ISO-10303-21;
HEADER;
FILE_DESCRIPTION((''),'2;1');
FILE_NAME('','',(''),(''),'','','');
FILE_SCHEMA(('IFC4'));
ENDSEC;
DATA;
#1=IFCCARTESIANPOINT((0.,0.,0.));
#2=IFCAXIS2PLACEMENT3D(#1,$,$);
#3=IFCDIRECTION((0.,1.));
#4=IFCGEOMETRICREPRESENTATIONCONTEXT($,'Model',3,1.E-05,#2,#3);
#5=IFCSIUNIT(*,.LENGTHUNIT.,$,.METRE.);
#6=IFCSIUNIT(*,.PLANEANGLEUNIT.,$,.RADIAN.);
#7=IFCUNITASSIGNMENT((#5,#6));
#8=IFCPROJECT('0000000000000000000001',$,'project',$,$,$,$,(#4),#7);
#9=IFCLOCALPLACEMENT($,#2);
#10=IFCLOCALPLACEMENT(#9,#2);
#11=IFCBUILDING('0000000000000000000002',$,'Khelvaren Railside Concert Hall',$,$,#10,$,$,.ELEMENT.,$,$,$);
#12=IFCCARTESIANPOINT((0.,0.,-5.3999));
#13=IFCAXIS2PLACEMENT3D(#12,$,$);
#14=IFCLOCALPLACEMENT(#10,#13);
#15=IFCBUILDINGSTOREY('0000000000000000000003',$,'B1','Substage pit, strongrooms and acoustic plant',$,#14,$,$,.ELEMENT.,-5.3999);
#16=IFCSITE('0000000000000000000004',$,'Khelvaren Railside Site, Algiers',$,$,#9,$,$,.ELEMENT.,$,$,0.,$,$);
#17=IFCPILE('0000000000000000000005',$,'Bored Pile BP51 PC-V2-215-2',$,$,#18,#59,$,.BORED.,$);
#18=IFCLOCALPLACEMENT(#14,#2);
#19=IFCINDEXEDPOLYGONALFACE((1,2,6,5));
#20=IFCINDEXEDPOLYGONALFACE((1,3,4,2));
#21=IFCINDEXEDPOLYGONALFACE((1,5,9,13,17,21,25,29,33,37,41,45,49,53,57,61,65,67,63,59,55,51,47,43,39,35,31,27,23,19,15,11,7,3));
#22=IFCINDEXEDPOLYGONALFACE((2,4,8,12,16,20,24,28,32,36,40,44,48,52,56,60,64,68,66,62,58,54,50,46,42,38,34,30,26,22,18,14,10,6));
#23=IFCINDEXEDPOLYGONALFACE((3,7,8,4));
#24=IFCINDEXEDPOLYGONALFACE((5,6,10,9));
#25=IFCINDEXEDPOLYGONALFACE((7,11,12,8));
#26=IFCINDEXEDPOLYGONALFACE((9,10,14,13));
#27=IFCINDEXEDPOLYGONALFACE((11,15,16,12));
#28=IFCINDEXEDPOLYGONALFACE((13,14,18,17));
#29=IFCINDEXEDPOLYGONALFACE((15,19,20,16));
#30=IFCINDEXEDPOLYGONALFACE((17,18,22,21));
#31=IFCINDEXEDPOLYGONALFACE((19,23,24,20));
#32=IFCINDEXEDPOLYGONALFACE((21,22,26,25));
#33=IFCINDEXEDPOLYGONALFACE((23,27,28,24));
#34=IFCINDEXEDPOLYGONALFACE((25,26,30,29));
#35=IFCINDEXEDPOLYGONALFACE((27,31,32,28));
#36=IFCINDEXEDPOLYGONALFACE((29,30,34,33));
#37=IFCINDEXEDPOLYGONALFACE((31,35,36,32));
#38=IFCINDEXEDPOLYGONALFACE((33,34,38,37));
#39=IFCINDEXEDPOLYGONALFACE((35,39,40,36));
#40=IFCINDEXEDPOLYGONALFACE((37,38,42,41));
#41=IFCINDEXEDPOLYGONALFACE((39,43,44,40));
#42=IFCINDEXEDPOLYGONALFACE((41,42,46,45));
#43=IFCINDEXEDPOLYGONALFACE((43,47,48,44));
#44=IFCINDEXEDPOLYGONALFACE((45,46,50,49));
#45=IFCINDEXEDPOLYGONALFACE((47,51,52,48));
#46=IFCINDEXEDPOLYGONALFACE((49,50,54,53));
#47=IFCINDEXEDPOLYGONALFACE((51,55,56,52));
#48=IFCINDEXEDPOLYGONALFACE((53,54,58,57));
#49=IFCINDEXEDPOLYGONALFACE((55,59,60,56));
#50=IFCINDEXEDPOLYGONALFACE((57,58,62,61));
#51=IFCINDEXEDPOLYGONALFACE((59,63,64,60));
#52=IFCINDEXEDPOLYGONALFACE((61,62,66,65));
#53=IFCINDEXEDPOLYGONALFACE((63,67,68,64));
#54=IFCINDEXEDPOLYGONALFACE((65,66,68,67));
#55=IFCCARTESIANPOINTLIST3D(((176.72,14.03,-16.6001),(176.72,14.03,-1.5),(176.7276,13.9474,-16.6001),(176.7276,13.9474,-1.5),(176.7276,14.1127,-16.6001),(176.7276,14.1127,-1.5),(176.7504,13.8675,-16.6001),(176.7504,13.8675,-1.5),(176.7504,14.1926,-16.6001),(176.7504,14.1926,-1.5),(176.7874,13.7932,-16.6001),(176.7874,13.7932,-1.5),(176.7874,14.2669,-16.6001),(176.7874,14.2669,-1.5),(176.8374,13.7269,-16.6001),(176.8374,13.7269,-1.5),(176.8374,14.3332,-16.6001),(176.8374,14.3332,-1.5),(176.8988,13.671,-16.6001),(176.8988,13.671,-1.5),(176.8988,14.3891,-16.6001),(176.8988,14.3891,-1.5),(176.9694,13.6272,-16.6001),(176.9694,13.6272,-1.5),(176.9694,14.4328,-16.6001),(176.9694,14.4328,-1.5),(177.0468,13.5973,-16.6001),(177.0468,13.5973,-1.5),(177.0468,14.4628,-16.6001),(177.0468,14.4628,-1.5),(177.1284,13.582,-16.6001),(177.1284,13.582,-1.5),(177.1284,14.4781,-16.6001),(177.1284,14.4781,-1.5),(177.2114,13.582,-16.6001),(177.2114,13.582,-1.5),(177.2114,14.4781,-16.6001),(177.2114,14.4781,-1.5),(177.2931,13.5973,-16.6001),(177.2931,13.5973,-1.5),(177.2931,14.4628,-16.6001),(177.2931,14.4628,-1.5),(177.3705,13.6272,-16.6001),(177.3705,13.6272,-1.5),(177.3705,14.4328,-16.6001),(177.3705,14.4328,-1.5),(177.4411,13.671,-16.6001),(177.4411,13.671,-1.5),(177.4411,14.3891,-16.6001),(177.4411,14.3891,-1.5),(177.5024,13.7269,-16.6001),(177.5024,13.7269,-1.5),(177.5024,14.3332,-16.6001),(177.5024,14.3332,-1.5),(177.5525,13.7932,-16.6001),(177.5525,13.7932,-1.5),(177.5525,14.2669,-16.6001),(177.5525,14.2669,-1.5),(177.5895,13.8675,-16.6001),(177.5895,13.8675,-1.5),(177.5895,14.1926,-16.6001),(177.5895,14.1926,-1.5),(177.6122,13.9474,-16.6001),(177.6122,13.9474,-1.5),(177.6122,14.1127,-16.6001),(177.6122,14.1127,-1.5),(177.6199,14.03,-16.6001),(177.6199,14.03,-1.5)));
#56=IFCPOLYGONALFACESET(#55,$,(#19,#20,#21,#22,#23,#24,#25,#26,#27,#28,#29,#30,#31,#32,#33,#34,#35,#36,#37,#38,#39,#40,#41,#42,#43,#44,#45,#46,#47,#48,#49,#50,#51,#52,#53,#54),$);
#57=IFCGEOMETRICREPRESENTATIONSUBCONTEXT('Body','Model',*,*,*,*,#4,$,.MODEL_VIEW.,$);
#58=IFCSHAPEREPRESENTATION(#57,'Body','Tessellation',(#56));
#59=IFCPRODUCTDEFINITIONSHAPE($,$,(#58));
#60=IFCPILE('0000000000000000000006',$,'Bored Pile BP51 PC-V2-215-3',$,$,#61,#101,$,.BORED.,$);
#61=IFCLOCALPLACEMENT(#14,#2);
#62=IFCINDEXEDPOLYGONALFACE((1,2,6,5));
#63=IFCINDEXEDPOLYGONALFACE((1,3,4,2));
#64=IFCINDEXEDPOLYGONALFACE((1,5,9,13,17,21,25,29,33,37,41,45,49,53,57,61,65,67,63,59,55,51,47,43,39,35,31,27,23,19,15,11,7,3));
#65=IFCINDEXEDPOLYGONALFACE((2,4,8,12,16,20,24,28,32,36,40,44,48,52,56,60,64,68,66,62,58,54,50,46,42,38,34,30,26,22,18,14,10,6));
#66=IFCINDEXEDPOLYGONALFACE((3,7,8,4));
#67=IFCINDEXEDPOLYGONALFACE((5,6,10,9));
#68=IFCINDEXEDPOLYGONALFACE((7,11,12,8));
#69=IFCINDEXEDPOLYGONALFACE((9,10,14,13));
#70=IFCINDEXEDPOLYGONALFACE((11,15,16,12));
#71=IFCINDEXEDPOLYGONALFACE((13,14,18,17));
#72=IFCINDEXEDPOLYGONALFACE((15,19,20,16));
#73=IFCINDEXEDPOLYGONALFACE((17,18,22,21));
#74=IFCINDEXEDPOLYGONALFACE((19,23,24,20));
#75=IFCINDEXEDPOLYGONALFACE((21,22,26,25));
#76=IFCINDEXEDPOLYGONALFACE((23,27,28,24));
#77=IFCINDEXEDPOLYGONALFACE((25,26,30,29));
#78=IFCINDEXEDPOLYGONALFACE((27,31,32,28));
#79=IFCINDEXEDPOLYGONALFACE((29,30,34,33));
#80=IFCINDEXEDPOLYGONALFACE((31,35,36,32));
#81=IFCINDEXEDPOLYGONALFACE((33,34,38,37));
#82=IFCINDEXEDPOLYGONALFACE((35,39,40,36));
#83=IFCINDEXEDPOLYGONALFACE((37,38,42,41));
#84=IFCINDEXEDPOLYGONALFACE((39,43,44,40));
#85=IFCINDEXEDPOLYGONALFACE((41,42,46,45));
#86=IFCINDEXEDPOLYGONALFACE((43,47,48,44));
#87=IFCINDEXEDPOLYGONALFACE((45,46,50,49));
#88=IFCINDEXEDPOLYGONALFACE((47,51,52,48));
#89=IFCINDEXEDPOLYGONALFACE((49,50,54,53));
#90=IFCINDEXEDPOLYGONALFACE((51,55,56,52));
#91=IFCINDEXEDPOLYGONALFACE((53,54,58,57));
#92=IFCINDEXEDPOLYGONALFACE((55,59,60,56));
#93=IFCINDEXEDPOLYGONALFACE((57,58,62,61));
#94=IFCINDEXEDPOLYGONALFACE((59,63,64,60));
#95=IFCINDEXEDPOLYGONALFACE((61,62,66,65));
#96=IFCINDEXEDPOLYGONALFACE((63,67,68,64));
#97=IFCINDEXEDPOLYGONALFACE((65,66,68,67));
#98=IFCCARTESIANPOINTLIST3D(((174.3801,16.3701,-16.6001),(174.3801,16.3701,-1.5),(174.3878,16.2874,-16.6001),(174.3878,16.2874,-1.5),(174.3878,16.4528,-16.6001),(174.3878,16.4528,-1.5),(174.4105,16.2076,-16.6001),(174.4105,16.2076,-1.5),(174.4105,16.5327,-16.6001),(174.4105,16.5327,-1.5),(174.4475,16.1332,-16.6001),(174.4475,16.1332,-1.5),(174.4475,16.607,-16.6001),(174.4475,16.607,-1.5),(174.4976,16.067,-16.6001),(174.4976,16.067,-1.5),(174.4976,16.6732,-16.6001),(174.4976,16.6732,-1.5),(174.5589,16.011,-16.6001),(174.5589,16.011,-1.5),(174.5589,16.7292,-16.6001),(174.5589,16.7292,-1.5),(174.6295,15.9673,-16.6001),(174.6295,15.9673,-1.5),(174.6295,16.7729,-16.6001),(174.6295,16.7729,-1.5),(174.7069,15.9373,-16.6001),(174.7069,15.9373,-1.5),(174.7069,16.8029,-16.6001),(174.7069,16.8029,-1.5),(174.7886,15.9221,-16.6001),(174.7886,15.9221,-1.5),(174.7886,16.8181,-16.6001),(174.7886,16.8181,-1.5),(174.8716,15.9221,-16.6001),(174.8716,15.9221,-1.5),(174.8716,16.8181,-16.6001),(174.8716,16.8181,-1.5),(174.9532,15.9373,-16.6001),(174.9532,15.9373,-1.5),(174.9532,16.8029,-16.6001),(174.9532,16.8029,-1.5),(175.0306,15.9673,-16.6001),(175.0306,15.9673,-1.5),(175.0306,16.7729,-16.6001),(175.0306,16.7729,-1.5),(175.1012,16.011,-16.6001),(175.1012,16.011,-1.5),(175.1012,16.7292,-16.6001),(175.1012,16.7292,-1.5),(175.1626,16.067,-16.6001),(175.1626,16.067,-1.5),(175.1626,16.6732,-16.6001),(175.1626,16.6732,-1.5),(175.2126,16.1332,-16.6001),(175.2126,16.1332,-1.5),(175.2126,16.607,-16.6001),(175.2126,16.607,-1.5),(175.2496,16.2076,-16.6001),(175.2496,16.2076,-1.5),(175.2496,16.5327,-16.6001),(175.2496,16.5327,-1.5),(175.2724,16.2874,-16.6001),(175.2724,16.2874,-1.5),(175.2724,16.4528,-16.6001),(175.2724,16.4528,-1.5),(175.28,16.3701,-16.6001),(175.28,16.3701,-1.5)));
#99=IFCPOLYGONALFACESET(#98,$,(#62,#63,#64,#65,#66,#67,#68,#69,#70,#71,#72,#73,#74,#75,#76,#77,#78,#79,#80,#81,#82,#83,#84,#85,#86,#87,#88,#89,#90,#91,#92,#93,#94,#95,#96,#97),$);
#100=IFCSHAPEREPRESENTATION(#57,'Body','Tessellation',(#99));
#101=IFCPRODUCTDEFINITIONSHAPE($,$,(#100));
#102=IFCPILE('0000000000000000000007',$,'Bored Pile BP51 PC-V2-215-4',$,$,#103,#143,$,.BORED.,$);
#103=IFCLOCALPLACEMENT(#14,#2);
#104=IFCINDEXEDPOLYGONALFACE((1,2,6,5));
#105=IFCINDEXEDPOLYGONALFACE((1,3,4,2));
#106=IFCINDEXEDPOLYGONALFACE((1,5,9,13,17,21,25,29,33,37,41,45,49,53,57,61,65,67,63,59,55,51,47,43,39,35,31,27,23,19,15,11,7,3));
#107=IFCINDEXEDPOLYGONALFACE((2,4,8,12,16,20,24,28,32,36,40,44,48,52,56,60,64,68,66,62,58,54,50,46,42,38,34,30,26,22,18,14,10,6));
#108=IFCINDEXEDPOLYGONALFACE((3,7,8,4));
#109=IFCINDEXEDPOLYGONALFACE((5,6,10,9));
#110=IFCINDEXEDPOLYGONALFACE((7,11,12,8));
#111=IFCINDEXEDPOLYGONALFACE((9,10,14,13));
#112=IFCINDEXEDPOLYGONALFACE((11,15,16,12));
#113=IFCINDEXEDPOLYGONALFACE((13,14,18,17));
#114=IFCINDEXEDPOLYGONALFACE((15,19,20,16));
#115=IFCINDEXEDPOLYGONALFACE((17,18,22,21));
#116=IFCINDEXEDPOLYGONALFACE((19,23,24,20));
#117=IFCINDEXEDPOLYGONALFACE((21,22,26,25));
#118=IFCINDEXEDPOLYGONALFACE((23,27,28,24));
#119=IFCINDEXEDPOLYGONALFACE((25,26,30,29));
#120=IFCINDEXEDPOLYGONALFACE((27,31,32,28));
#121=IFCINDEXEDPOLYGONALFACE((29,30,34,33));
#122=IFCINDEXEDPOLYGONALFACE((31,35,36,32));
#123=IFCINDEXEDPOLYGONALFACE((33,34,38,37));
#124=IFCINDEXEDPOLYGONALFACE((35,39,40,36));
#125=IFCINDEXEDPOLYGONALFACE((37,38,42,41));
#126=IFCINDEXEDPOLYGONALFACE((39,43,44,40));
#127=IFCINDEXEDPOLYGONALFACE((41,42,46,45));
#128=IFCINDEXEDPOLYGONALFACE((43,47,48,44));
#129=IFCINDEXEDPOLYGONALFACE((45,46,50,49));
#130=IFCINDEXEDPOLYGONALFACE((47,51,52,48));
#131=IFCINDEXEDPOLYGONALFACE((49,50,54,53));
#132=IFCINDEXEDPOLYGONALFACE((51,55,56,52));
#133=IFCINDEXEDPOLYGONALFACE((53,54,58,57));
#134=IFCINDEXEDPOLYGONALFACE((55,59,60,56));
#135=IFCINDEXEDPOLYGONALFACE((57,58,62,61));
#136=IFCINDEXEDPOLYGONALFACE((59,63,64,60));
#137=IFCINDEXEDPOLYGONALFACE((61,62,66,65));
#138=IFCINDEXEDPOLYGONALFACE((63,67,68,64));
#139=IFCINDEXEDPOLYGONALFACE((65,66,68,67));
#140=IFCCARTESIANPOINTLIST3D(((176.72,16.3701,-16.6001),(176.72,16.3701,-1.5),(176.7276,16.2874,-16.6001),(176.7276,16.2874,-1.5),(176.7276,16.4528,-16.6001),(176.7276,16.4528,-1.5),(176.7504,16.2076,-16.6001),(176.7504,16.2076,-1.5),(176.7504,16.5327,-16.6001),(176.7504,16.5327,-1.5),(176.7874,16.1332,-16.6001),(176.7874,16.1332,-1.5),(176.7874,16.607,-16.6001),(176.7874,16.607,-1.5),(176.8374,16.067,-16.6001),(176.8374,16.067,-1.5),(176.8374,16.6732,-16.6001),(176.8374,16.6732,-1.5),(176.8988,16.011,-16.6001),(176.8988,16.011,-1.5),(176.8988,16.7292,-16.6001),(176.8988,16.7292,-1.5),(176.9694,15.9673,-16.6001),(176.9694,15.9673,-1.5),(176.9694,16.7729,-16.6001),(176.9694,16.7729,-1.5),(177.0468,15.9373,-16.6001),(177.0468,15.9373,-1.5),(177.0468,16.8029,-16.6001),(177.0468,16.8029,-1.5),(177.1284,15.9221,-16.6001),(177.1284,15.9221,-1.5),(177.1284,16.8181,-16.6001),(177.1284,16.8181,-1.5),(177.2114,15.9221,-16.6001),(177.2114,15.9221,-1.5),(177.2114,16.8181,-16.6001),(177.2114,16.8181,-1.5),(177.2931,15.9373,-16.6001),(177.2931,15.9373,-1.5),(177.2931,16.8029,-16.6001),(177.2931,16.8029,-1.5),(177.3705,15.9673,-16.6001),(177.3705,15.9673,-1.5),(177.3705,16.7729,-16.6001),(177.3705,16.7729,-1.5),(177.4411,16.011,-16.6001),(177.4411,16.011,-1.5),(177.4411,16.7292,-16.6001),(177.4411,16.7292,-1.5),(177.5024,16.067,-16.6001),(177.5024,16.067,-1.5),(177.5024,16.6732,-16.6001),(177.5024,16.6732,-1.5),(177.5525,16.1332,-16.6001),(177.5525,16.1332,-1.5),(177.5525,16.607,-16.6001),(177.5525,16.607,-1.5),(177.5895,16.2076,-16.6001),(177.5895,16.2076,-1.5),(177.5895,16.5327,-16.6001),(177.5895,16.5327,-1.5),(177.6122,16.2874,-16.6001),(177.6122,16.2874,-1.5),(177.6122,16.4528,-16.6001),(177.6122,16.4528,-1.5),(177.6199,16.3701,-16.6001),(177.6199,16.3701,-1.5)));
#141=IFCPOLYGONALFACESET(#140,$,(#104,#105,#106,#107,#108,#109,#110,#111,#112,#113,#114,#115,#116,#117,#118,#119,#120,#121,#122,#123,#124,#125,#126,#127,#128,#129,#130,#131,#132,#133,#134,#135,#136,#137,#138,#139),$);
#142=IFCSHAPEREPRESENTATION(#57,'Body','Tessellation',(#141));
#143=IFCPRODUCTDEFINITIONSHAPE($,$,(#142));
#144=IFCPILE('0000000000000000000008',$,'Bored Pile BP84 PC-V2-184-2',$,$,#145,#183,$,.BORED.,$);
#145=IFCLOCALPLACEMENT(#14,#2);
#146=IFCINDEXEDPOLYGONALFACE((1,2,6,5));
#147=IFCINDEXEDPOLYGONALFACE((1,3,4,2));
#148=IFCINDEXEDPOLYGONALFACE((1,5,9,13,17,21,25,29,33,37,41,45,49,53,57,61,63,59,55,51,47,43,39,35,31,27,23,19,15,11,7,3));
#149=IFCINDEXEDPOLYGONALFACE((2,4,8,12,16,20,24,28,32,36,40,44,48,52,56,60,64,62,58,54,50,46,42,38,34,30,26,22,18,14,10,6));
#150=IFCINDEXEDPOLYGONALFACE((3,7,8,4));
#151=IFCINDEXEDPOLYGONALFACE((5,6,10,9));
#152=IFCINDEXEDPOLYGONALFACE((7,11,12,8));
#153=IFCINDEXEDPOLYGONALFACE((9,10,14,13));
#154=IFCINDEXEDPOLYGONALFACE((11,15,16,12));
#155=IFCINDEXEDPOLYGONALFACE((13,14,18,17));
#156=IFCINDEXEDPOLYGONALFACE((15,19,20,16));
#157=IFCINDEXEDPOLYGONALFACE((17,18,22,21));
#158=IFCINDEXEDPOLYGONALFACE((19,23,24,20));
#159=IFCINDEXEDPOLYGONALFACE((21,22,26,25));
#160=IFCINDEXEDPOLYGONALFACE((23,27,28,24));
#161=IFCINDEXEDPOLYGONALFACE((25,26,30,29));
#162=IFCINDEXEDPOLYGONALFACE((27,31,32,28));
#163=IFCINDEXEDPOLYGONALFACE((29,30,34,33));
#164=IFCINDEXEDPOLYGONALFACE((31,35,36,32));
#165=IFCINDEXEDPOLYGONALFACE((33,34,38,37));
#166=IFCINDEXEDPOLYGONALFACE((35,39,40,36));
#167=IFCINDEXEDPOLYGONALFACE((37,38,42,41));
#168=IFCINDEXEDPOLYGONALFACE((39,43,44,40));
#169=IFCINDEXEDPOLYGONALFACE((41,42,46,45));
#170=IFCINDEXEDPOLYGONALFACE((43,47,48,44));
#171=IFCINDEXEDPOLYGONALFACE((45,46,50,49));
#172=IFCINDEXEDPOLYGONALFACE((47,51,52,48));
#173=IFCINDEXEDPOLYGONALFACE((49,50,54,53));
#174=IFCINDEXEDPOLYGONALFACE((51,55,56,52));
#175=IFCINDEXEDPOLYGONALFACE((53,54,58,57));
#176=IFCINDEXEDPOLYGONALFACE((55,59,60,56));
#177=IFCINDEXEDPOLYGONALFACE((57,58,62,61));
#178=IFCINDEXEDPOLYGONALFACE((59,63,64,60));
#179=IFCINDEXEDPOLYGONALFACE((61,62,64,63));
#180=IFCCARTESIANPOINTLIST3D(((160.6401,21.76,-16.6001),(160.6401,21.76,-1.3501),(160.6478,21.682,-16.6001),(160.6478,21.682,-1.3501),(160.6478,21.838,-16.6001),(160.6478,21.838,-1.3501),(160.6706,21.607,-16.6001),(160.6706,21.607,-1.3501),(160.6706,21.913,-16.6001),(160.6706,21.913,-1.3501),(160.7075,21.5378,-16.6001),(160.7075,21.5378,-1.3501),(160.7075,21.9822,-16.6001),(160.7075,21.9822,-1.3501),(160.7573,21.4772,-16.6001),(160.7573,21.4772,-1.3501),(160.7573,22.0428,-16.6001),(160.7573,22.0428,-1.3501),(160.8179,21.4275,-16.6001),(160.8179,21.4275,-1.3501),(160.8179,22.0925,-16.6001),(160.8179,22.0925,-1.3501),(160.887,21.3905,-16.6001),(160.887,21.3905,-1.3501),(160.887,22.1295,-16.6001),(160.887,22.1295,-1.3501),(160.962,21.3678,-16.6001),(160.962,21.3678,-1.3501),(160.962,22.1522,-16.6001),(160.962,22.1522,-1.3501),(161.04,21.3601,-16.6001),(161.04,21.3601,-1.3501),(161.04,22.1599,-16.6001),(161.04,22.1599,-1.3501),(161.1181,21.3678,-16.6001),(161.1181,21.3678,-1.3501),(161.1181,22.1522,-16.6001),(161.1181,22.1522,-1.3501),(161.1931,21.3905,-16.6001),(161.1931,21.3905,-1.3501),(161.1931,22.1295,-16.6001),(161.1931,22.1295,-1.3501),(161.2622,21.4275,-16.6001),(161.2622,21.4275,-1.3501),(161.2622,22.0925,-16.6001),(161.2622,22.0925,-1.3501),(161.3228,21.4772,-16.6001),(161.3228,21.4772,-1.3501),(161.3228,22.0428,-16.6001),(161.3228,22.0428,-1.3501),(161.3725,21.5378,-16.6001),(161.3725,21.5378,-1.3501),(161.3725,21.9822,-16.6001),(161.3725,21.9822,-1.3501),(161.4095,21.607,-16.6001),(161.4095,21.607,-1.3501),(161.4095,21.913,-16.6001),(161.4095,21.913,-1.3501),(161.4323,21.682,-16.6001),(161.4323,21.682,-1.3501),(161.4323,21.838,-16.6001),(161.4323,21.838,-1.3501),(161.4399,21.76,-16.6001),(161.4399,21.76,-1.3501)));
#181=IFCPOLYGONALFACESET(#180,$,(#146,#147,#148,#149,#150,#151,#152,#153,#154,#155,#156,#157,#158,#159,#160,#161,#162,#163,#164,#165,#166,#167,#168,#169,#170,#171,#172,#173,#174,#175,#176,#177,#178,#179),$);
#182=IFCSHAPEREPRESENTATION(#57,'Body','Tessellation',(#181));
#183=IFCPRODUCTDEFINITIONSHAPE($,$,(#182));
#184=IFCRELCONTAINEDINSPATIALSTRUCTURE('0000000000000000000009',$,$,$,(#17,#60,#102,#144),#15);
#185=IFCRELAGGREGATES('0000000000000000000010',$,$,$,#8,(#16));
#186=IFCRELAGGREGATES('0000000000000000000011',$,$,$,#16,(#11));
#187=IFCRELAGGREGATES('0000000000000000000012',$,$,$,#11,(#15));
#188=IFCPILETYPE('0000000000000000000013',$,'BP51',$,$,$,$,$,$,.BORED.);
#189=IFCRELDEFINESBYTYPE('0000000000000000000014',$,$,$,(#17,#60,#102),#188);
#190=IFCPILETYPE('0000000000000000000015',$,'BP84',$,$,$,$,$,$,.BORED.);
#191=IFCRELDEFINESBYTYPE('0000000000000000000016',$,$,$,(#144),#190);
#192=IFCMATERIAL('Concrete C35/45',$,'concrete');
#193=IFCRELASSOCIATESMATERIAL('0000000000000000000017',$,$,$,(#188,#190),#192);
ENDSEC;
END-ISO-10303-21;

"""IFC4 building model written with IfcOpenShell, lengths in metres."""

from ifc_helpers import new_model, si_unit, direction, frame, origin, origin_2d, place, context, subcontext, project, spatial, circle, extrude, material, material_profile, profile_set, type_object, element, save


model = new_model("IFC4")

# Units and contexts
model_context = context("Model", 3, precision=1e-05, world=origin(), true_north=direction((0.0, 1.0)))
body_context = subcontext(model_context, "Body", "Model", "MODEL_VIEW")
ifc_project = project(units=[si_unit("LENGTHUNIT", "METRE"), si_unit("PLANEANGLEUNIT", "RADIAN")], contexts=[model_context])

# Site, building, storey
site_placement = place(None, origin())
site = spatial("IfcSite", under=ifc_project, at=site_placement, Name="Khelvaren Railside Site, Algiers", CompositionType="ELEMENT", RefElevation=0.0)
building_placement = place(site_placement, origin())
building = spatial("IfcBuilding", under=site, at=building_placement, Name="Khelvaren Railside Concert Hall", CompositionType="ELEMENT")
storey_placement = place(building_placement, frame((0.0, 0.0, -5.3999)))
storey = spatial("IfcBuildingStorey", under=building, at=storey_placement, Name="B1", Description="Substage pit, strongrooms and acoustic plant", CompositionType="ELEMENT", Elevation=-5.3999)

# Piles
ifc_material_1 = material(Name="Concrete C35/45", Category="concrete")
ifc_material_profile_1 = material_profile(ifc_material_1, circle(Radius=0.45, at=origin_2d()), Name="BP D900")
ifc_profile_set_1 = profile_set([ifc_material_profile_1], Name="Concrete C35/45")
pile_type_1 = type_object("IfcPileType", Name="BP51", PredefinedType="BORED", material=ifc_profile_set_1)
for number, where, z_axis, x_axis, name in (
    (1, (177.1699, 14.03, -1.5), (0.0, 0.0, -1.0), (1.0, 0.0, 0.0), "Bored Pile BP51 PC-V2-215-2"),
    (2, (174.8301, 16.3701, -1.5), (0.0, 0.0, -1.0), (1.0, 0.0, 0.0), "Bored Pile BP51 PC-V2-215-3"),
    (3, (177.1699, 16.3701, -1.5), (0.0, 0.0, -1.0), (1.0, 0.0, 0.0), "Bored Pile BP51 PC-V2-215-4"),
):
    element("IfcPile", number, at=place(storey_placement, frame(where, z_axis=z_axis, x_axis=x_axis)), inside=storey, type_object=pile_type_1, Name=name, PredefinedType="BORED", context=body_context, shape_type="SweptSolid", body=[
        extrude(circle(Radius=0.45, at=origin_2d()), origin(), (0.0, 0.0, 1.0), 15.1001),
    ])
ifc_material_profile_2 = material_profile(ifc_material_1, circle(Radius=0.3999, at=origin_2d()), Name="BP D800")
ifc_profile_set_2 = profile_set([ifc_material_profile_2], Name="Concrete C35/45")
pile_type_2 = type_object("IfcPileType", Name="BP84", PredefinedType="BORED", material=ifc_profile_set_2)
for number, where, z_axis, x_axis, name in (
    (4, (161.04, 21.76, -1.3501), (0.0, 0.0, -1.0), (1.0, 0.0, 0.0), "Bored Pile BP84 PC-V2-184-2"),
):
    element("IfcPile", number, at=place(storey_placement, frame(where, z_axis=z_axis, x_axis=x_axis)), inside=storey, type_object=pile_type_2, Name=name, PredefinedType="BORED", context=body_context, shape_type="SweptSolid", body=[
        extrude(circle(Radius=0.3999, at=origin_2d()), origin(), (0.0, 0.0, 1.0), 15.25),
    ])

save(model, "model.ifc")
